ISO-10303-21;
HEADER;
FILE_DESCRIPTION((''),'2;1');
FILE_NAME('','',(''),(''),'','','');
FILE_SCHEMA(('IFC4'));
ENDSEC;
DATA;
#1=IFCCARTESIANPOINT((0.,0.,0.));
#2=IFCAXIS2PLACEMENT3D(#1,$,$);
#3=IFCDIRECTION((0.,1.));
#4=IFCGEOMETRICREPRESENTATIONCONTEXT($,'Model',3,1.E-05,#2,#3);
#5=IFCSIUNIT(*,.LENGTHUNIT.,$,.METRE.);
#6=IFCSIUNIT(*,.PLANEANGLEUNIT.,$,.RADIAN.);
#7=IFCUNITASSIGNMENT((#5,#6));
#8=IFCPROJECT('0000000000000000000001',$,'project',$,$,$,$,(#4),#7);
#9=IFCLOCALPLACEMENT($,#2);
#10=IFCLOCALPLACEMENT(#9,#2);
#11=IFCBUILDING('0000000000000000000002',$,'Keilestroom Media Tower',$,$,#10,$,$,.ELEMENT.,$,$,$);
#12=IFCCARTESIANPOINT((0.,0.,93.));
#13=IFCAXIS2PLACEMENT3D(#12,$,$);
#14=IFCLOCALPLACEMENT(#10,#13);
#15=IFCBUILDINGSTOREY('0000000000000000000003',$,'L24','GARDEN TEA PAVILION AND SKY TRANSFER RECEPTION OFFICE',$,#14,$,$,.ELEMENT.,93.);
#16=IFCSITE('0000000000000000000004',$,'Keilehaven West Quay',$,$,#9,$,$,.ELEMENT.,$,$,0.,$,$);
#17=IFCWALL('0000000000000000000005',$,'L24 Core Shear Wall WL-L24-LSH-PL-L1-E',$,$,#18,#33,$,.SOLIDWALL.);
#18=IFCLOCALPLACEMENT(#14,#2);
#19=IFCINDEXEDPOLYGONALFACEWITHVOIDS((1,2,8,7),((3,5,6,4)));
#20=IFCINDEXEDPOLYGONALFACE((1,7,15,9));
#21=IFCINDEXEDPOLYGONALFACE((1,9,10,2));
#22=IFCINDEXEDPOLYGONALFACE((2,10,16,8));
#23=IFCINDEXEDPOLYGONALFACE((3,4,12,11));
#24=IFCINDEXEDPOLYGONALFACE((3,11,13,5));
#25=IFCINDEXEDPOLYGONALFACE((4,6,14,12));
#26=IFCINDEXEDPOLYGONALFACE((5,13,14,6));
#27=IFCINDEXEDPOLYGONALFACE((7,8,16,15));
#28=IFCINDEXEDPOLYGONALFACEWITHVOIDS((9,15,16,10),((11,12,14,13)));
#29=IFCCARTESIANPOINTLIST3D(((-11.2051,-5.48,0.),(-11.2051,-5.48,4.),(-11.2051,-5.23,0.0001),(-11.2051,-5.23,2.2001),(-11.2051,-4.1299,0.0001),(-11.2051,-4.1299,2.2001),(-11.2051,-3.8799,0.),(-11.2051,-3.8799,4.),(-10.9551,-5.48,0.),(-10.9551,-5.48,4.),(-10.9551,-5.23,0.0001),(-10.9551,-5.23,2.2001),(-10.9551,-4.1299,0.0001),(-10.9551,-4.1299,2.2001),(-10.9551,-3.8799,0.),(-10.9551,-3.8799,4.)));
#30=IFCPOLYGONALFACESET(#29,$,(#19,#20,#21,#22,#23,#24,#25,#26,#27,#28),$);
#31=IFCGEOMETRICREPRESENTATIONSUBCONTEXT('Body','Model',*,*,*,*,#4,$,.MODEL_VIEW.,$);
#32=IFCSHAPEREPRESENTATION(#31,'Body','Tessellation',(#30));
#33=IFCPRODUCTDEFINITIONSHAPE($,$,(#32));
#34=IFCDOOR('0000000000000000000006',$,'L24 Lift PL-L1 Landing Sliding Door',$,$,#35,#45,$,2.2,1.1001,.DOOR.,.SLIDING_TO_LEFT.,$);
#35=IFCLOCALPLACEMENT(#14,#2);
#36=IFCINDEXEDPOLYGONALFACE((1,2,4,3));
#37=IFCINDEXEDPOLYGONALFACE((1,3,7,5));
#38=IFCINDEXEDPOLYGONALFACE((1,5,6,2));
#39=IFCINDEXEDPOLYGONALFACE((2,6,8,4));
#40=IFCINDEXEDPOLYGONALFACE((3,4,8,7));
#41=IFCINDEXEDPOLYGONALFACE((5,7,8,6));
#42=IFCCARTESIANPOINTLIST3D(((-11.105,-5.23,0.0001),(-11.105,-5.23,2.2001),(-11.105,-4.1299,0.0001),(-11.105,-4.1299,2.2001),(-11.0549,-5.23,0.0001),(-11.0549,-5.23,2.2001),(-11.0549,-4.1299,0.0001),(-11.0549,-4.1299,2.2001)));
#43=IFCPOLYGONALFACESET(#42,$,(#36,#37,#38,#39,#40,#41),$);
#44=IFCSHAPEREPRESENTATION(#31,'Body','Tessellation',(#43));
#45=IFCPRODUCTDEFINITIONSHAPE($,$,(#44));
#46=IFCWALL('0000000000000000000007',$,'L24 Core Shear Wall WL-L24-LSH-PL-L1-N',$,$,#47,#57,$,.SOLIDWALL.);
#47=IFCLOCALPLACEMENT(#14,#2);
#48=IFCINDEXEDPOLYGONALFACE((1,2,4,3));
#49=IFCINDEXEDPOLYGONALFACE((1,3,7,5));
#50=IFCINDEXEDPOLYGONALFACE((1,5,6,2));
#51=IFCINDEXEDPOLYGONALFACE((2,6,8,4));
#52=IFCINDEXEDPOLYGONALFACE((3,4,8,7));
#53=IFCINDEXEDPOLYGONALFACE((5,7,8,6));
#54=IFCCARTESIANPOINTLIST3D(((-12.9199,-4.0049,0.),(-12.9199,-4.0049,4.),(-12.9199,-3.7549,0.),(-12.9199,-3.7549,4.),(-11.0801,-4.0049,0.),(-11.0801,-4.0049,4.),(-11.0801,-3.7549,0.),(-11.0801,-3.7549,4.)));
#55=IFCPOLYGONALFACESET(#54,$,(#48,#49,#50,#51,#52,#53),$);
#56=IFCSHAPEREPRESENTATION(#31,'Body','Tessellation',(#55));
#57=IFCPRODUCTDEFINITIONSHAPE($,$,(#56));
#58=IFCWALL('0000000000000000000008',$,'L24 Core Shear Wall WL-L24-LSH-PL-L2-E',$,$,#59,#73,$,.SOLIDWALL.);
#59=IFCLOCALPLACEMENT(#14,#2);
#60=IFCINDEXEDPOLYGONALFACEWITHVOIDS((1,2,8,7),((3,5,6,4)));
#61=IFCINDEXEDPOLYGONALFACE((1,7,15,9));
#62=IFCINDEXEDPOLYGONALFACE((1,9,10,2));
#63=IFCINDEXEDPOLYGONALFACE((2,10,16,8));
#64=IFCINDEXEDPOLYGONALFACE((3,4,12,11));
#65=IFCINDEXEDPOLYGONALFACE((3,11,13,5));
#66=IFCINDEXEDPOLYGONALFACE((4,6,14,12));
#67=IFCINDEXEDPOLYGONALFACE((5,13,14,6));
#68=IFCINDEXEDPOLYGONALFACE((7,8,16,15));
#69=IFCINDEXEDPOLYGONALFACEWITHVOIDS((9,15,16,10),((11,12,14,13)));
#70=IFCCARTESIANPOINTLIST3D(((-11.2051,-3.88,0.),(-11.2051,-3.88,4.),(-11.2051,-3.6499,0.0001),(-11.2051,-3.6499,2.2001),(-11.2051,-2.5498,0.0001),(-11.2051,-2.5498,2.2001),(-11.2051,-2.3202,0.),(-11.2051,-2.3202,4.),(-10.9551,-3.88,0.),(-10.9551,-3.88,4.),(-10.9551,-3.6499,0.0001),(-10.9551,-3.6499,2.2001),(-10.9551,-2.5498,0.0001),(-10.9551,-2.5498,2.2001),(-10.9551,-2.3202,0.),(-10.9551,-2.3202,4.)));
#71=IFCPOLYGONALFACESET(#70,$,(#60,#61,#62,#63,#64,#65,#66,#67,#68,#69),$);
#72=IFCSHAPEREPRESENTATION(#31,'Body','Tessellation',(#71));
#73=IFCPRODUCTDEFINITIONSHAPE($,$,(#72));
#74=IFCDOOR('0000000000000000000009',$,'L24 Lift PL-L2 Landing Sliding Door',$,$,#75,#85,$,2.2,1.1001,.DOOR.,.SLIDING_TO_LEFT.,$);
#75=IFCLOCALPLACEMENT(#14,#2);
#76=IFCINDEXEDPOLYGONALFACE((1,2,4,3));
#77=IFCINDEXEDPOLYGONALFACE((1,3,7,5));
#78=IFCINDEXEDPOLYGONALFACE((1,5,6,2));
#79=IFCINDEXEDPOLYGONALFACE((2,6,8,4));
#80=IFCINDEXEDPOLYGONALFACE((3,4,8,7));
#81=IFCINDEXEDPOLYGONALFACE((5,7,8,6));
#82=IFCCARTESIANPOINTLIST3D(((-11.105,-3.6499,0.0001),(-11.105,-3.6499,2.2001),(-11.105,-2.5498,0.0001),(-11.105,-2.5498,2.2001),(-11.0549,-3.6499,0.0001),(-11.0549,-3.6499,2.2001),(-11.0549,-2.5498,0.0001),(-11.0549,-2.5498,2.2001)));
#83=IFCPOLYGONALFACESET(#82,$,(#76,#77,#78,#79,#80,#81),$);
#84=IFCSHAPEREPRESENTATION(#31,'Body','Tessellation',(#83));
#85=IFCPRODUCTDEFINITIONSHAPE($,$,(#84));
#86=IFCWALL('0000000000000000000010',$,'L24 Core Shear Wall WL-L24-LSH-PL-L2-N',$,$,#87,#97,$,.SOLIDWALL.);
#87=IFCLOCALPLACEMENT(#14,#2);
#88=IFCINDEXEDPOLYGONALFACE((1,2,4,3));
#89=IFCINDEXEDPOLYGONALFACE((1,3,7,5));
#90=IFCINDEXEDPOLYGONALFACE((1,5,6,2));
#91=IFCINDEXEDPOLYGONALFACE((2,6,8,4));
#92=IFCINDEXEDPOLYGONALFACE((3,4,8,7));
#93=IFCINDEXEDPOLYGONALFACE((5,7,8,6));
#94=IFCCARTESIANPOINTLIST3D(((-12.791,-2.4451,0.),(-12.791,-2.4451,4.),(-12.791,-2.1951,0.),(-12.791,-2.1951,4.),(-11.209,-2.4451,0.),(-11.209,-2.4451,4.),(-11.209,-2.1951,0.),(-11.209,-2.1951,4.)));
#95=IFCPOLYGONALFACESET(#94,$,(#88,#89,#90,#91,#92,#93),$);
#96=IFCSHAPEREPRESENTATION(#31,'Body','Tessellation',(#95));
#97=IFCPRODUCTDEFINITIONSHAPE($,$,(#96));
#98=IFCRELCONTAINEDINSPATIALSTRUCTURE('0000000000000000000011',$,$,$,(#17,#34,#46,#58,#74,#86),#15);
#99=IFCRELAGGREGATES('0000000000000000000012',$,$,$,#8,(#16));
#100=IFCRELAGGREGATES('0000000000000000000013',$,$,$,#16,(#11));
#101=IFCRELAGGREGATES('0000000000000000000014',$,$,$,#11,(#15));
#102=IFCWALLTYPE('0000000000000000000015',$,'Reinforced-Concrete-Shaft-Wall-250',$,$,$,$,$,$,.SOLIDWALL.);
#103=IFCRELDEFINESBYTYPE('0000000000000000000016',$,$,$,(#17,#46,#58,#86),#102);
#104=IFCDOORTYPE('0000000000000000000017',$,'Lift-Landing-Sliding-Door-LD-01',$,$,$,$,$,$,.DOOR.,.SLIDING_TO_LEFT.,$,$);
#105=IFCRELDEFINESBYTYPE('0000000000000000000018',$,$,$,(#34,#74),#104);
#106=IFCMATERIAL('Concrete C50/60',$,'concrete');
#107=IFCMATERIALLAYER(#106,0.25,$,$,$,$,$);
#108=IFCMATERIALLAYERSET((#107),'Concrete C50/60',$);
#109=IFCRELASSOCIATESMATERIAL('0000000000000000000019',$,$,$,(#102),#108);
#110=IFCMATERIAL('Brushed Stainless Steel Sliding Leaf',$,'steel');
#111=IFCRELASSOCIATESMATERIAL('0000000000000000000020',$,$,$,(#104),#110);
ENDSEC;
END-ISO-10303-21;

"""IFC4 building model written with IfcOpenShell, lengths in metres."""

from ifc_helpers import new_model, si_unit, direction, frame, frame_2d, origin, place, context, subcontext, project, spatial, rectangle, extrude, source, transform, mapped, material, layer, layer_set, type_object, element, fill, save


model = new_model("IFC4")

# Units and contexts
model_context = context("Model", 3, precision=1e-05, world=origin(), true_north=direction((0.0, 1.0)))
body_context = subcontext(model_context, "Body", "Model", "MODEL_VIEW")
ifc_project = project(units=[si_unit("LENGTHUNIT", "METRE"), si_unit("PLANEANGLEUNIT", "RADIAN")], contexts=[model_context])

# Site, building, storey
site_placement = place(None, origin())
site = spatial("IfcSite", under=ifc_project, at=site_placement, Name="Keilehaven West Quay", CompositionType="ELEMENT", RefElevation=0.0)
building_placement = place(site_placement, origin())
building = spatial("IfcBuilding", under=site, at=building_placement, Name="Keilestroom Media Tower", CompositionType="ELEMENT")
storey_placement = place(building_placement, frame((0.0, 0.0, 93.0)))
storey = spatial("IfcBuildingStorey", under=building, at=storey_placement, Name="L24", Description="GARDEN TEA PAVILION AND SKY TRANSFER RECEPTION OFFICE", CompositionType="ELEMENT", Elevation=93.0)

# Shared definitions
ifc_material_1 = material(Name="Concrete C50/60", Category="concrete")
ifc_layer_1 = layer(ifc_material_1, 0.25)
ifc_layer_set_1 = layer_set([ifc_layer_1], Name="Concrete C50/60")
wall_type_1 = type_object("IfcWallType", Name="Reinforced-Concrete-Shaft-Wall-250", PredefinedType="SOLIDWALL", material=ifc_layer_set_1)

# Wall, opening, door
wall_1_placement = place(storey_placement, frame((-11.0801, -5.48, 0.0), z_axis=(0.0, 0.0, 1.0), x_axis=(0.0, 1.0, 0.0)))
wall_1 = element("IfcWall", 1, at=wall_1_placement, inside=storey, type_object=wall_type_1, Name="L24 Core Shear Wall WL-L24-LSH-PL-L1-E", PredefinedType="SOLIDWALL", context=body_context, shape_type="SweptSolid", body=[
    extrude(rectangle(XDim=1.6001, YDim=0.25, at=frame_2d((0.8, 0.0))), origin(), (0.0, 0.0, 1.0), 4.0),
])
opening_1_placement = place(wall_1_placement, frame((0.25, 0.0, 0.0)))
opening_1 = element("IfcOpeningElement", 2, at=opening_1_placement, cuts=wall_1, PredefinedType="OPENING", context=body_context, shape_type="SweptSolid", body=[
    extrude(rectangle(XDim=1.1001, YDim=2.2, at=frame_2d((0.55, 1.1001))), frame((0.0, 0.135, 0.0), z_axis=(0.0, -1.0, 0.0), x_axis=(1.0, 0.0, 0.0)), (0.0, 0.0, 1.0), 0.27),
])
ifc_material_2 = material(Name="Brushed Stainless Steel Sliding Leaf", Category="steel")
door_type_1 = type_object("IfcDoorType", Name="Lift-Landing-Sliding-Door-LD-01", OperationType="SLIDING_TO_LEFT", PredefinedType="DOOR", material=ifc_material_2)
shared_shape_1 = source(origin(), body_context, "Body", "SweptSolid", [
    extrude(rectangle(XDim=1.1001, YDim=2.2, at=frame_2d((0.55, 1.1001))), frame((0.0, 0.0249, 0.0), z_axis=(0.0, -1.0, 0.0), x_axis=(1.0, 0.0, 0.0)), (0.0, 0.0, 1.0), 0.05),
])
door_1_placement = place(opening_1_placement, origin())
door_1 = element("IfcDoor", 3, at=door_1_placement, inside=storey, type_object=door_type_1, Name="L24 Lift PL-L1 Landing Sliding Door", OperationType="SLIDING_TO_LEFT", OverallHeight=2.2, OverallWidth=1.1001, PredefinedType="DOOR", context=body_context, shape_type="MappedRepresentation", body=[
    mapped(shared_shape_1, transform((0.0, 0.0, 0.0), x_axis=(1.0, 0.0, 0.0), y_axis=(0.0, 1.0, 0.0), z_axis=(0.0, 0.0, 1.0), scale=1.0)),
])
fill(opening_1, door_1)

# Wall
wall_2_placement = place(storey_placement, frame((-12.9199, -3.8799, 0.0), z_axis=(0.0, 0.0, 1.0), x_axis=(1.0, 0.0, 0.0)))
element("IfcWall", 4, at=wall_2_placement, inside=storey, type_object=wall_type_1, Name="L24 Core Shear Wall WL-L24-LSH-PL-L1-N", PredefinedType="SOLIDWALL", context=body_context, shape_type="SweptSolid", body=[
    extrude(rectangle(XDim=1.8398, YDim=0.25, at=frame_2d((0.9199, 0.0))), origin(), (0.0, 0.0, 1.0), 4.0),
])

# Wall, opening, door
wall_3_placement = place(storey_placement, frame((-11.0801, -3.8799, 0.0), z_axis=(0.0, 0.0, 1.0), x_axis=(0.0, 1.0, 0.0)))
wall_3 = element("IfcWall", 5, at=wall_3_placement, inside=storey, type_object=wall_type_1, Name="L24 Core Shear Wall WL-L24-LSH-PL-L2-E", PredefinedType="SOLIDWALL", context=body_context, shape_type="SweptSolid", body=[
    extrude(rectangle(XDim=1.5598, YDim=0.25, at=frame_2d((0.7798, 0.0))), origin(), (0.0, 0.0, 1.0), 4.0),
])
opening_2_placement = place(wall_3_placement, frame((0.23, 0.0, 0.0)))
opening_2 = element("IfcOpeningElement", 6, at=opening_2_placement, cuts=wall_3, PredefinedType="OPENING", context=body_context, shape_type="SweptSolid", body=[
    extrude(rectangle(XDim=1.1001, YDim=2.2, at=frame_2d((0.55, 1.1001))), frame((0.0, 0.135, 0.0), z_axis=(0.0, -1.0, 0.0), x_axis=(1.0, 0.0, 0.0)), (0.0, 0.0, 1.0), 0.27),
])
door_2_placement = place(opening_2_placement, origin())
door_2 = element("IfcDoor", 7, at=door_2_placement, inside=storey, type_object=door_type_1, Name="L24 Lift PL-L2 Landing Sliding Door", OperationType="SLIDING_TO_LEFT", OverallHeight=2.2, OverallWidth=1.1001, PredefinedType="DOOR", context=body_context, shape_type="MappedRepresentation", body=[
    mapped(shared_shape_1, transform((0.0, 0.0, 0.0), x_axis=(1.0, 0.0, 0.0), y_axis=(0.0, 1.0, 0.0), z_axis=(0.0, 0.0, 1.0), scale=1.0)),
])
fill(opening_2, door_2)

# Wall
wall_4_placement = place(storey_placement, frame((-12.791, -2.3201, 0.0), z_axis=(0.0, 0.0, 1.0), x_axis=(1.0, 0.0, 0.0)))
element("IfcWall", 8, at=wall_4_placement, inside=storey, type_object=wall_type_1, Name="L24 Core Shear Wall WL-L24-LSH-PL-L2-N", PredefinedType="SOLIDWALL", context=body_context, shape_type="SweptSolid", body=[
    extrude(rectangle(XDim=1.582, YDim=0.25, at=frame_2d((0.791, 0.0))), origin(), (0.0, 0.0, 1.0), 4.0),
])

save(model, "model.ifc")
